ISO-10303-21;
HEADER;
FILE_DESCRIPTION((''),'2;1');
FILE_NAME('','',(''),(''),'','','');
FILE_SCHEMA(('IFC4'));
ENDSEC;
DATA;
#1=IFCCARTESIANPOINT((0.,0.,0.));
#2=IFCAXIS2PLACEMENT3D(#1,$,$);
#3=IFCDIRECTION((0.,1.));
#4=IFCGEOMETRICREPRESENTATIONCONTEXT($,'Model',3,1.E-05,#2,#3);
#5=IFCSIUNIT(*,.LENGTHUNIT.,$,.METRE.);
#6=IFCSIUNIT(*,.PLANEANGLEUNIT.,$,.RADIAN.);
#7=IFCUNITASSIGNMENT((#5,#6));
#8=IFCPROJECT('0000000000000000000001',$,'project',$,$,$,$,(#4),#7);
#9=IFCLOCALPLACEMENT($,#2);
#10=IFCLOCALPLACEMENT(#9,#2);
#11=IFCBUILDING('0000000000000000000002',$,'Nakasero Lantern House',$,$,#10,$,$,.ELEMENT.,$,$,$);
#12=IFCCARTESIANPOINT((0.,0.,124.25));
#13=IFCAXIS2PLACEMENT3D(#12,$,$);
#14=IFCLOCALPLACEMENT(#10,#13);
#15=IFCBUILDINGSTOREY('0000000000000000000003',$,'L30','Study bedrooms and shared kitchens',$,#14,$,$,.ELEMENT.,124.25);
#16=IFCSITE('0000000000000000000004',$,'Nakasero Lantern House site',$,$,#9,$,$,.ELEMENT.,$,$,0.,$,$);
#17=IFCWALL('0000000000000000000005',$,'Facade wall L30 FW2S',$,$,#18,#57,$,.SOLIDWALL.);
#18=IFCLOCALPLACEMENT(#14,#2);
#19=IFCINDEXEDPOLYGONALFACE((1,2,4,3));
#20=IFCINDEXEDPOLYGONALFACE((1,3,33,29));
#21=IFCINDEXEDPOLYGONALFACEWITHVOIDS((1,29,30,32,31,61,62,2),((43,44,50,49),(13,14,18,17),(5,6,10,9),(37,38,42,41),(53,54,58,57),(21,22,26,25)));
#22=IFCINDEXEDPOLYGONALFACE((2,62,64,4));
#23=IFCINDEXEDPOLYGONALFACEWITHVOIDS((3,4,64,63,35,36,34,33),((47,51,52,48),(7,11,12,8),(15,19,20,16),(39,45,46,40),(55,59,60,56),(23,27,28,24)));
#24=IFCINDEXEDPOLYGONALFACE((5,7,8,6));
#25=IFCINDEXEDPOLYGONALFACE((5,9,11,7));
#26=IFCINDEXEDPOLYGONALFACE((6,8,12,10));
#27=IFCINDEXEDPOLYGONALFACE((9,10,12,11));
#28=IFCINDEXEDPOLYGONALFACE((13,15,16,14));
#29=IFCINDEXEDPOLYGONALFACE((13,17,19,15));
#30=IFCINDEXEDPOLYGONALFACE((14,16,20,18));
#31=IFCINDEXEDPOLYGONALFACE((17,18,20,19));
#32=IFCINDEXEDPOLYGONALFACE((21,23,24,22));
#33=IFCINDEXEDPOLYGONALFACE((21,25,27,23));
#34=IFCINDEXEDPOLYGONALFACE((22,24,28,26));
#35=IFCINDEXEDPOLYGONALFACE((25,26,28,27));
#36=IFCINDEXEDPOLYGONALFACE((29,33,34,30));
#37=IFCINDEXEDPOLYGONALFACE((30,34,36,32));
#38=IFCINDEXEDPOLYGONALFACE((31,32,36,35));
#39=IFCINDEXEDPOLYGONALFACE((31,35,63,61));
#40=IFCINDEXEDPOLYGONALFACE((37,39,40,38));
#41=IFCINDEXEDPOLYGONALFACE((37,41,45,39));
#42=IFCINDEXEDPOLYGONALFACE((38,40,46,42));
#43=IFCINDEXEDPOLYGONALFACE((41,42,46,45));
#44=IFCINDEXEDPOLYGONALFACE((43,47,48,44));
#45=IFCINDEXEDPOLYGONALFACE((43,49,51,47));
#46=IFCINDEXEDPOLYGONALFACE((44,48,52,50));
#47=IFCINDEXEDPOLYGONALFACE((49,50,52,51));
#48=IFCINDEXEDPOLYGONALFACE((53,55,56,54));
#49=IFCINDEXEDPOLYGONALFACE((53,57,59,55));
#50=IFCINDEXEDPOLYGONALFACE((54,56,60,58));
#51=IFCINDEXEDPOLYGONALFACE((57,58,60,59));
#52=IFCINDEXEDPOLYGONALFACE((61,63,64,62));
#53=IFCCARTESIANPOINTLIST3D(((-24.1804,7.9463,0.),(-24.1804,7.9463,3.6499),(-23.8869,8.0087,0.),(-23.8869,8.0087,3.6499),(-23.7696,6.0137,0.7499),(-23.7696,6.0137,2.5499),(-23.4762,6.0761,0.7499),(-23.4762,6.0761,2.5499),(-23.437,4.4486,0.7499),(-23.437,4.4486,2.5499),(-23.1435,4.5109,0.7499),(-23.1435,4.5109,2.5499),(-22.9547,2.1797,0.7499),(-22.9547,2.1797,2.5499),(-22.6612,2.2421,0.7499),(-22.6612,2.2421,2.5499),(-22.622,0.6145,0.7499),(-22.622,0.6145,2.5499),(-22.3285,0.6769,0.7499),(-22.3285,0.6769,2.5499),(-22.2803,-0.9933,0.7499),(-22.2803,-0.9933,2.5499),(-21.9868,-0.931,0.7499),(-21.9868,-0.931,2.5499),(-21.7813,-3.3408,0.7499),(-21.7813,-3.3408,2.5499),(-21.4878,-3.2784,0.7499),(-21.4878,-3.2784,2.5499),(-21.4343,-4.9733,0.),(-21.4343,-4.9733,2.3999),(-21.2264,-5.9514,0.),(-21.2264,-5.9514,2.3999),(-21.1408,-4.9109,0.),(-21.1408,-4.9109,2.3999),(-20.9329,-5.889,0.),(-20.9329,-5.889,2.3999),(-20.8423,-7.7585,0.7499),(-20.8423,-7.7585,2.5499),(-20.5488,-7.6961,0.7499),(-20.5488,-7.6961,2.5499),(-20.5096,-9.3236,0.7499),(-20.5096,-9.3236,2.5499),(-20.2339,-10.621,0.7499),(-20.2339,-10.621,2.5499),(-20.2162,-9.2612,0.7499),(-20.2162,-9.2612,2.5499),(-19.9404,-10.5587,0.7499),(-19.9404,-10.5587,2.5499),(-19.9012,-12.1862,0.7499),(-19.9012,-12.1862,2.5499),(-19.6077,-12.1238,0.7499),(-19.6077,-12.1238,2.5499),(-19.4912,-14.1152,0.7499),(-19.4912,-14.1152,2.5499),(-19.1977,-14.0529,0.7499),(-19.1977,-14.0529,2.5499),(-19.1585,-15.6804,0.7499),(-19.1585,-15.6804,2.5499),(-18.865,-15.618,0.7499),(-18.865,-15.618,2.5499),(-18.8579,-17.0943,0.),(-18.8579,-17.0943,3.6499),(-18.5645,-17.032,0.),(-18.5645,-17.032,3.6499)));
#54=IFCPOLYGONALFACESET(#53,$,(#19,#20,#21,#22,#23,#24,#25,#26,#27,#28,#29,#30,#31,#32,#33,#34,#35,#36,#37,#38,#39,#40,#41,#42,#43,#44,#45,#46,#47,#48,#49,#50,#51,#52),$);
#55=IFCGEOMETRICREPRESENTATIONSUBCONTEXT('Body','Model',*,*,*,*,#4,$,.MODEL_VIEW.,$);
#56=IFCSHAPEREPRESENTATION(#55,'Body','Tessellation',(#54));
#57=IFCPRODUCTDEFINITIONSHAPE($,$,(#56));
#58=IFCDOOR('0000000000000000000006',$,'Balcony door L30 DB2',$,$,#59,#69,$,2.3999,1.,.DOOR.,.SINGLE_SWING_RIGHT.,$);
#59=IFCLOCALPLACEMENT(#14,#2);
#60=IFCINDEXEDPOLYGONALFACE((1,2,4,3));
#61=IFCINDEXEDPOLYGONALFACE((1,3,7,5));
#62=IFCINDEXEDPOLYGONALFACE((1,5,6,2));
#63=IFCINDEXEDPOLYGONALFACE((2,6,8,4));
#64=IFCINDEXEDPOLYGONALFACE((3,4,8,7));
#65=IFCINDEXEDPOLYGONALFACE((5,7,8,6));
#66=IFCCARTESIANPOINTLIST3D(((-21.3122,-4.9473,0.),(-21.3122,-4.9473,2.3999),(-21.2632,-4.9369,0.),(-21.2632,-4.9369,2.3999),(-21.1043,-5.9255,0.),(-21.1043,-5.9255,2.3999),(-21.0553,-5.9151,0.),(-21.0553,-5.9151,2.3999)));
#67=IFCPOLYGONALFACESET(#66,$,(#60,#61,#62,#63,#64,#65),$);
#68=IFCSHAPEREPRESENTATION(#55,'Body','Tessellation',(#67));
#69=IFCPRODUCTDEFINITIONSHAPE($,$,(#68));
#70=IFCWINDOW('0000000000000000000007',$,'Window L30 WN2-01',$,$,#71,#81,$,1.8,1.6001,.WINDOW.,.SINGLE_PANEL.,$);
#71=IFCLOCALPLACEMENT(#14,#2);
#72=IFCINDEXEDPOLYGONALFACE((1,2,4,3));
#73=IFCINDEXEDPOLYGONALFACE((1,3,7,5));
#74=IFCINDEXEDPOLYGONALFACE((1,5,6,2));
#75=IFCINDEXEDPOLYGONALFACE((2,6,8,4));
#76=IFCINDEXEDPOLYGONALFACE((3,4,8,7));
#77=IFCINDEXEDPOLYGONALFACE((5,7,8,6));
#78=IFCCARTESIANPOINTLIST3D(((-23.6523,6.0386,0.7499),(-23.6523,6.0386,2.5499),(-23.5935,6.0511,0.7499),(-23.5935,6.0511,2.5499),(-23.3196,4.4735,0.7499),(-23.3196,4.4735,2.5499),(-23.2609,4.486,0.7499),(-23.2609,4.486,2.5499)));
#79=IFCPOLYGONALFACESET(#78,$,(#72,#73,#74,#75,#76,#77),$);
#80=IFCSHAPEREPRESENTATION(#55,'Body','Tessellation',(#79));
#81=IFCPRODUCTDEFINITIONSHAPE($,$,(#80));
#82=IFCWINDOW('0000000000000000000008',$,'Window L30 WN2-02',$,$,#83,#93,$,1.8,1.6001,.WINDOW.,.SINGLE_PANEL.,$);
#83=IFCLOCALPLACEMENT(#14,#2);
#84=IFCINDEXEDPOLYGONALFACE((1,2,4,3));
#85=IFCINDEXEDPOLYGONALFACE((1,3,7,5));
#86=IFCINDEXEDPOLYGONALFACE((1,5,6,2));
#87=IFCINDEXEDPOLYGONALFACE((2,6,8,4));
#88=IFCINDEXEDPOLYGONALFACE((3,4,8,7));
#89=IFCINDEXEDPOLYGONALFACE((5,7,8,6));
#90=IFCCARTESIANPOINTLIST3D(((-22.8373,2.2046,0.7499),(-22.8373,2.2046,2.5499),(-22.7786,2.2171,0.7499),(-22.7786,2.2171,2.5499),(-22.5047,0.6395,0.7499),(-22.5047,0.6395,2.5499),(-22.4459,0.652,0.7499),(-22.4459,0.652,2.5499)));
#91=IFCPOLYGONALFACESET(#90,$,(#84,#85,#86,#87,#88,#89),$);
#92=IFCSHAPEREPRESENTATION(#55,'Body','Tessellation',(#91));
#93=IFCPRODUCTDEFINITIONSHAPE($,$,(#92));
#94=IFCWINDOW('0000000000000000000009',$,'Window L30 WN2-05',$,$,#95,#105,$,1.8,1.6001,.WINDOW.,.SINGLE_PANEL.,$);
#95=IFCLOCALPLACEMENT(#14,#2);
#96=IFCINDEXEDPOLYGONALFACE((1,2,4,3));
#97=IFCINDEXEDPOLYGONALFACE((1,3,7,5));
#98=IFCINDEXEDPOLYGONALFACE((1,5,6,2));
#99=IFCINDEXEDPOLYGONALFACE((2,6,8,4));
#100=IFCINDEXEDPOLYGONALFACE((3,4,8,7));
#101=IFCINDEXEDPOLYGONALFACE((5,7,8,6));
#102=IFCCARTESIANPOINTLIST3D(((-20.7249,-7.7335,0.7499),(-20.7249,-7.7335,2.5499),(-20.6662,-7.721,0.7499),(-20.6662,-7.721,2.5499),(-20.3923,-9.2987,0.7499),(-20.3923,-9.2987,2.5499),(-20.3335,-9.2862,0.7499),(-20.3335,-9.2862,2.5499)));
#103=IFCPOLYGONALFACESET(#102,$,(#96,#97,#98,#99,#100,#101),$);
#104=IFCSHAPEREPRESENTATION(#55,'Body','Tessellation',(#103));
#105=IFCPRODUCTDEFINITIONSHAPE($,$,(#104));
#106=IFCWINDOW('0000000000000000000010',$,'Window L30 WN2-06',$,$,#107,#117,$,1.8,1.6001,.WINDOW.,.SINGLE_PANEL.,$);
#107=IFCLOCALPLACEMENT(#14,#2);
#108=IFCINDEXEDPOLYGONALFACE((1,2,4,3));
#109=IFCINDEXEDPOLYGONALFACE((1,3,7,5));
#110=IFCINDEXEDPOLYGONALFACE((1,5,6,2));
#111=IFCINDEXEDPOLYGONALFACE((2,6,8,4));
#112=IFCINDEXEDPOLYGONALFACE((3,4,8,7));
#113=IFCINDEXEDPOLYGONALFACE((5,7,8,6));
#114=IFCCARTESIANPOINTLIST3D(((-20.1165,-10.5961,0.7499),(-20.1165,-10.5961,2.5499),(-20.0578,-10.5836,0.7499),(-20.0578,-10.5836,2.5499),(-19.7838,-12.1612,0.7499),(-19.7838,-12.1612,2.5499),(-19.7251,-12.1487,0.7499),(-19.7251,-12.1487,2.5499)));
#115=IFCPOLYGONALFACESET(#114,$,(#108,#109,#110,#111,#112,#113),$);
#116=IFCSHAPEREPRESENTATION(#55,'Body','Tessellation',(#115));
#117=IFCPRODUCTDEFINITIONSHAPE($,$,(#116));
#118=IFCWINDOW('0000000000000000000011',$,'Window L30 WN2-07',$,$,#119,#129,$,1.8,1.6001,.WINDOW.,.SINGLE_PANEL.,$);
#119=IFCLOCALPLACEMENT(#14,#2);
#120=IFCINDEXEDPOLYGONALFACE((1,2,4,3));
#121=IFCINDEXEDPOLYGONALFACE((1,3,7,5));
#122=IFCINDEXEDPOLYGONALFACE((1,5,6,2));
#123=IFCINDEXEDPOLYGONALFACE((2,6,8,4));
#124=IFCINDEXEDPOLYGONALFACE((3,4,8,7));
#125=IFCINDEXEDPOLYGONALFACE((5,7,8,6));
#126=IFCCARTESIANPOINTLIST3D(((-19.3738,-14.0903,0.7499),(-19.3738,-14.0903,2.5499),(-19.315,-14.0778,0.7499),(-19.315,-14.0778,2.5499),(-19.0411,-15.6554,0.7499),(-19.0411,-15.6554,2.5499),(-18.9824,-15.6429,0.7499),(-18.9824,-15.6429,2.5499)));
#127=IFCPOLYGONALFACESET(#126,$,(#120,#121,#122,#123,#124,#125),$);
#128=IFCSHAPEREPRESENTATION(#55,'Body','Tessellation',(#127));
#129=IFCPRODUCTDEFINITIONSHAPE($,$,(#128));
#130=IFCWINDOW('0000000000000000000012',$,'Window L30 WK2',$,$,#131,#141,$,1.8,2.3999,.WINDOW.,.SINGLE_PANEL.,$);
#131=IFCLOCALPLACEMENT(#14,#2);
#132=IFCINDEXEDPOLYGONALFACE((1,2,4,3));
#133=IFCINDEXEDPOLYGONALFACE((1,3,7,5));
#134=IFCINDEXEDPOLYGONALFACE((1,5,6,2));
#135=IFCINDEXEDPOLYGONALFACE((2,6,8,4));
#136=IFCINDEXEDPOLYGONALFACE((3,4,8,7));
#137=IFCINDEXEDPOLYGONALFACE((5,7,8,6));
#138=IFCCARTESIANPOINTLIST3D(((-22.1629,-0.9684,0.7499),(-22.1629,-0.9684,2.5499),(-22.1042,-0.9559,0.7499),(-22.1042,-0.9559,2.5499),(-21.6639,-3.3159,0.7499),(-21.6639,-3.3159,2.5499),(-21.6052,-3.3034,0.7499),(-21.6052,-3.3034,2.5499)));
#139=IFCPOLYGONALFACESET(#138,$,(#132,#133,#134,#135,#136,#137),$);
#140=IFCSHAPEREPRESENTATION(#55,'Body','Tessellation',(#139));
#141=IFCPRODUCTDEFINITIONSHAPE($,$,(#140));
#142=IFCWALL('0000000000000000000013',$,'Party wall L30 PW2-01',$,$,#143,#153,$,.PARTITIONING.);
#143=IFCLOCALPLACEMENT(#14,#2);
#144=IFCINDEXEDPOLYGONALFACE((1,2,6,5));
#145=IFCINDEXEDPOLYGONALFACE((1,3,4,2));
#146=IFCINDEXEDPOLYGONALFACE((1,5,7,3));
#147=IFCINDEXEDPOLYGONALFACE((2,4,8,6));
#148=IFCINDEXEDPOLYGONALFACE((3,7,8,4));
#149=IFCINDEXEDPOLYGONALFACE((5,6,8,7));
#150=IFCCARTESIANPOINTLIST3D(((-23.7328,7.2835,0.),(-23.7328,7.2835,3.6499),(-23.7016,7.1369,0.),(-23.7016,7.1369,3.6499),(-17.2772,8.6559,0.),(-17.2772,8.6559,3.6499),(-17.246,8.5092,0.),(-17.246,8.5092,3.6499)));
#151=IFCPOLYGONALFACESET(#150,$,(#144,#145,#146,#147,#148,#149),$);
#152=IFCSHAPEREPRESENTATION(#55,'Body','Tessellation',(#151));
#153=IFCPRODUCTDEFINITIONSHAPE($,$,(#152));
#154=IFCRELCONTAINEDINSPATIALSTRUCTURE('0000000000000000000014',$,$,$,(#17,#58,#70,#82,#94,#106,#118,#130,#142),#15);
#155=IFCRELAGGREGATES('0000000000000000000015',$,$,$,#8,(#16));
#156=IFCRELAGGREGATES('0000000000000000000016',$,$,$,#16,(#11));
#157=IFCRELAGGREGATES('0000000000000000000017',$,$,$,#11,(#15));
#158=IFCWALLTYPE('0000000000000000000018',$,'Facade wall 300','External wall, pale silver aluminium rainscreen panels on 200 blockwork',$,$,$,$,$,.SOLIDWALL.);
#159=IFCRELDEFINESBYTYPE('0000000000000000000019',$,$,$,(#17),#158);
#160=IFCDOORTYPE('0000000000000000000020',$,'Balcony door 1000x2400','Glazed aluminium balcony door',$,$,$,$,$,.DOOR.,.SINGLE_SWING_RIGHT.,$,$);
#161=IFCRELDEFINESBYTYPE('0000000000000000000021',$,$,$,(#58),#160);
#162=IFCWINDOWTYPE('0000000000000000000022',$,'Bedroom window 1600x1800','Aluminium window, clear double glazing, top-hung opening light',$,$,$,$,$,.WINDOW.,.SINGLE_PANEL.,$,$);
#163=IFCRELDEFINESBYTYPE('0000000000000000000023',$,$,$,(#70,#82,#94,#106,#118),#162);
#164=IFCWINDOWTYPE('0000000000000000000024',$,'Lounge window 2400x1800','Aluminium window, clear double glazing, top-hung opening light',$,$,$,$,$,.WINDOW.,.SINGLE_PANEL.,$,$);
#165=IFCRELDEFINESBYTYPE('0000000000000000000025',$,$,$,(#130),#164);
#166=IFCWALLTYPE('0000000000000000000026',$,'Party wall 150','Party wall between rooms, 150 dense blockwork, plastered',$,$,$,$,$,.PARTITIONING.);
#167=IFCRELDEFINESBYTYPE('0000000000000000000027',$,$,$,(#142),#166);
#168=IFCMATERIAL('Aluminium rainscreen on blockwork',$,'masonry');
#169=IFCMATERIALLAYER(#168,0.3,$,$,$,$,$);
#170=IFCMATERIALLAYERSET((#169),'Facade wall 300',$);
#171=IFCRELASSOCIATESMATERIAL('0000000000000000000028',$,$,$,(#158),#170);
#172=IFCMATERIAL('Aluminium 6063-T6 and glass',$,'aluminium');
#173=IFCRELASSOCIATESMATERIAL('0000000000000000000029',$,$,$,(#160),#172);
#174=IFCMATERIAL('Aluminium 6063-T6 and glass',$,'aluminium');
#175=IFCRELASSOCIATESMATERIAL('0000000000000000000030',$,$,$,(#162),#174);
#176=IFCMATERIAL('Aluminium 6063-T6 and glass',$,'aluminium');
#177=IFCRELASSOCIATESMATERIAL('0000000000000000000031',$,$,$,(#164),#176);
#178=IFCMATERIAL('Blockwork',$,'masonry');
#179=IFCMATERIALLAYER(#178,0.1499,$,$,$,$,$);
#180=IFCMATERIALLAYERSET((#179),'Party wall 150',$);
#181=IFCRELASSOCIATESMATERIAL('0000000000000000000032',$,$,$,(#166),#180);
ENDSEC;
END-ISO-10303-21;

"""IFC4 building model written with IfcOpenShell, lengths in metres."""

from ifc_helpers import new_model, si_unit, direction, frame, frame_2d, origin, place, context, subcontext, project, spatial, rectangle, extrude, material, layer, layer_set, type_object, element, fill, save


model = new_model("IFC4")

# Units and contexts
model_context = context("Model", 3, precision=1e-05, world=origin(), true_north=direction((0.0, 1.0)))
body_context = subcontext(model_context, "Body", "Model", "MODEL_VIEW")
ifc_project = project(units=[si_unit("LENGTHUNIT", "METRE"), si_unit("PLANEANGLEUNIT", "RADIAN")], contexts=[model_context])

# Site, building, storey
site_placement = place(None, origin())
site = spatial("IfcSite", under=ifc_project, at=site_placement, Name="Nakasero Lantern House site", CompositionType="ELEMENT", RefElevation=0.0)
building_placement = place(site_placement, origin())
building = spatial("IfcBuilding", under=site, at=building_placement, Name="Nakasero Lantern House", CompositionType="ELEMENT")
storey_placement = place(building_placement, frame((0.0, 0.0, 124.25)))
storey = spatial("IfcBuildingStorey", under=building, at=storey_placement, Name="L30", Description="Study bedrooms and shared kitchens", CompositionType="ELEMENT", Elevation=124.25)

# Wall, openings, door, windows
ifc_material_1 = material(Name="Aluminium rainscreen on blockwork", Category="masonry")
ifc_layer_1 = layer(ifc_material_1, 0.3)
ifc_layer_set_1 = layer_set([ifc_layer_1], Name="Facade wall 300")
wall_type_1 = type_object("IfcWallType", Name="Facade wall 300", Description="External wall, pale silver aluminium rainscreen panels on 200 blockwork", PredefinedType="SOLIDWALL", material=ifc_layer_set_1)
wall_1_placement = place(storey_placement, frame((-24.0337, 7.9775, 0.0), z_axis=(0.0, 0.0, 1.0), x_axis=(0.207909, -0.978148, 0.0)))
wall_1 = element("IfcWall", 1, at=wall_1_placement, inside=storey, type_object=wall_type_1, Name="Facade wall L30 FW2S", PredefinedType="SOLIDWALL", context=body_context, shape_type="SweptSolid", body=[
    extrude(rectangle(XDim=25.6001, YDim=0.3, at=frame_2d((12.8, 0.0))), origin(), (0.0, 0.0, 1.0), 3.6499),
])
opening_1_placement = place(wall_1_placement, frame((1.9758, 0.0, 0.75)))
opening_1 = element("IfcOpeningElement", 2, at=opening_1_placement, cuts=wall_1, PredefinedType="OPENING", context=body_context, shape_type="SweptSolid", body=[
    extrude(rectangle(XDim=1.6001, YDim=1.8, at=frame_2d((0.8, 0.8999))), frame((0.0, 0.1699, 0.0), z_axis=(0.0, -1.0, 0.0), x_axis=(1.0, 0.0, 0.0)), (0.0, 0.0, 1.0), 0.3401),
])
opening_2_placement = place(wall_1_placement, frame((5.8955, 0.0, 0.75)))
opening_2 = element("IfcOpeningElement", 3, at=opening_2_placement, cuts=wall_1, PredefinedType="OPENING", context=body_context, shape_type="SweptSolid", body=[
    extrude(rectangle(XDim=1.6001, YDim=1.8, at=frame_2d((0.8, 0.8999))), frame((0.0, 0.1699, 0.0), z_axis=(0.0, -1.0, 0.0), x_axis=(1.0, 0.0, 0.0)), (0.0, 0.0, 1.0), 0.3401),
])
opening_3_placement = place(wall_1_placement, frame((16.0557, 0.0, 0.75)))
opening_3 = element("IfcOpeningElement", 4, at=opening_3_placement, cuts=wall_1, PredefinedType="OPENING", context=body_context, shape_type="SweptSolid", body=[
    extrude(rectangle(XDim=1.6001, YDim=1.8, at=frame_2d((0.8, 0.8999))), frame((0.0, 0.1699, 0.0), z_axis=(0.0, -1.0, 0.0), x_axis=(1.0, 0.0, 0.0)), (0.0, 0.0, 1.0), 0.3401),
])
opening_4_placement = place(wall_1_placement, frame((18.9822, 0.0, 0.75)))
opening_4 = element("IfcOpeningElement", 5, at=opening_4_placement, cuts=wall_1, PredefinedType="OPENING", context=body_context, shape_type="SweptSolid", body=[
    extrude(rectangle(XDim=1.6001, YDim=1.8, at=frame_2d((0.8, 0.8999))), frame((0.0, 0.1699, 0.0), z_axis=(0.0, -1.0, 0.0), x_axis=(1.0, 0.0, 0.0)), (0.0, 0.0, 1.0), 0.3401),
])
opening_5_placement = place(wall_1_placement, frame((22.5544, 0.0, 0.75)))
opening_5 = element("IfcOpeningElement", 6, at=opening_5_placement, cuts=wall_1, PredefinedType="OPENING", context=body_context, shape_type="SweptSolid", body=[
    extrude(rectangle(XDim=1.6001, YDim=1.8, at=frame_2d((0.8, 0.8999))), frame((0.0, 0.1699, 0.0), z_axis=(0.0, -1.0, 0.0), x_axis=(1.0, 0.0, 0.0)), (0.0, 0.0, 1.0), 0.3401),
])
opening_6_placement = place(wall_1_placement, frame((9.1394, 0.0, 0.75)))
opening_6 = element("IfcOpeningElement", 7, at=opening_6_placement, cuts=wall_1, PredefinedType="OPENING", context=body_context, shape_type="SweptSolid", body=[
    extrude(rectangle(XDim=2.3999, YDim=1.8, at=frame_2d((1.2, 0.8999))), frame((0.0, 0.1699, 0.0), z_axis=(0.0, -1.0, 0.0), x_axis=(1.0, 0.0, 0.0)), (0.0, 0.0, 1.0), 0.3401),
])
opening_7_placement = place(wall_1_placement, frame((13.2083, 0.0, 0.0)))
opening_7 = element("IfcOpeningElement", 8, at=opening_7_placement, cuts=wall_1, PredefinedType="OPENING", context=body_context, shape_type="SweptSolid", body=[
    extrude(rectangle(XDim=1.0, YDim=2.3999, at=frame_2d((0.5, 1.2))), frame((0.0, 0.1699, 0.0), z_axis=(0.0, -1.0, 0.0), x_axis=(1.0, 0.0, 0.0)), (0.0, 0.0, 1.0), 0.3401),
])
ifc_material_2 = material(Name="Aluminium 6063-T6 and glass", Category="aluminium")
door_type_1 = type_object("IfcDoorType", Name="Balcony door 1000x2400", Description="Glazed aluminium balcony door", OperationType="SINGLE_SWING_RIGHT", PredefinedType="DOOR", material=ifc_material_2)
door_1_placement = place(opening_7_placement, origin())
door_1 = element("IfcDoor", 9, at=door_1_placement, inside=storey, type_object=door_type_1, Name="Balcony door L30 DB2", OperationType="SINGLE_SWING_RIGHT", OverallHeight=2.3999, OverallWidth=1.0, PredefinedType="DOOR", context=body_context, shape_type="SweptSolid", body=[
    extrude(rectangle(XDim=1.0, YDim=2.3999, at=frame_2d((0.5, 1.2))), frame((0.0, 0.0249, 0.0), z_axis=(0.0, -1.0, 0.0), x_axis=(1.0, 0.0, 0.0)), (0.0, 0.0, 1.0), 0.05),
])
fill(opening_7, door_1)
ifc_material_3 = material(Name="Aluminium 6063-T6 and glass", Category="aluminium")
window_type_1 = type_object("IfcWindowType", Name="Bedroom window 1600x1800", Description="Aluminium window, clear double glazing, top-hung opening light", PartitioningType="SINGLE_PANEL", PredefinedType="WINDOW", material=ifc_material_3)
window_1_placement = place(opening_1_placement, origin())
window_1 = element("IfcWindow", 10, at=window_1_placement, inside=storey, type_object=window_type_1, Name="Window L30 WN2-01", OverallHeight=1.8, OverallWidth=1.6001, PartitioningType="SINGLE_PANEL", PredefinedType="WINDOW", context=body_context, shape_type="SweptSolid", body=[
    extrude(rectangle(XDim=1.6001, YDim=1.8, at=frame_2d((0.8, 0.8999))), frame((0.0, 0.03, 0.0), z_axis=(0.0, -1.0, 0.0), x_axis=(1.0, 0.0, 0.0)), (0.0, 0.0, 1.0), 0.0601),
])
fill(opening_1, window_1)
window_2_placement = place(opening_2_placement, origin())
window_2 = element("IfcWindow", 11, at=window_2_placement, inside=storey, type_object=window_type_1, Name="Window L30 WN2-02", OverallHeight=1.8, OverallWidth=1.6001, PartitioningType="SINGLE_PANEL", PredefinedType="WINDOW", context=body_context, shape_type="SweptSolid", body=[
    extrude(rectangle(XDim=1.6001, YDim=1.8, at=frame_2d((0.8, 0.8999))), frame((0.0, 0.03, 0.0), z_axis=(0.0, -1.0, 0.0), x_axis=(1.0, 0.0, 0.0)), (0.0, 0.0, 1.0), 0.0601),
])
fill(opening_2, window_2)
window_3_placement = place(opening_3_placement, origin())
window_3 = element("IfcWindow", 12, at=window_3_placement, inside=storey, type_object=window_type_1, Name="Window L30 WN2-05", OverallHeight=1.8, OverallWidth=1.6001, PartitioningType="SINGLE_PANEL", PredefinedType="WINDOW", context=body_context, shape_type="SweptSolid", body=[
    extrude(rectangle(XDim=1.6001, YDim=1.8, at=frame_2d((0.8, 0.8999))), frame((0.0, 0.03, 0.0), z_axis=(0.0, -1.0, 0.0), x_axis=(1.0, 0.0, 0.0)), (0.0, 0.0, 1.0), 0.0601),
])
fill(opening_3, window_3)
window_4_placement = place(opening_4_placement, origin())
window_4 = element("IfcWindow", 13, at=window_4_placement, inside=storey, type_object=window_type_1, Name="Window L30 WN2-06", OverallHeight=1.8, OverallWidth=1.6001, PartitioningType="SINGLE_PANEL", PredefinedType="WINDOW", context=body_context, shape_type="SweptSolid", body=[
    extrude(rectangle(XDim=1.6001, YDim=1.8, at=frame_2d((0.8, 0.8999))), frame((0.0, 0.03, 0.0), z_axis=(0.0, -1.0, 0.0), x_axis=(1.0, 0.0, 0.0)), (0.0, 0.0, 1.0), 0.0601),
])
fill(opening_4, window_4)
window_5_placement = place(opening_5_placement, origin())
window_5 = element("IfcWindow", 14, at=window_5_placement, inside=storey, type_object=window_type_1, Name="Window L30 WN2-07", OverallHeight=1.8, OverallWidth=1.6001, PartitioningType="SINGLE_PANEL", PredefinedType="WINDOW", context=body_context, shape_type="SweptSolid", body=[
    extrude(rectangle(XDim=1.6001, YDim=1.8, at=frame_2d((0.8, 0.8999))), frame((0.0, 0.03, 0.0), z_axis=(0.0, -1.0, 0.0), x_axis=(1.0, 0.0, 0.0)), (0.0, 0.0, 1.0), 0.0601),
])
fill(opening_5, window_5)
ifc_material_4 = material(Name="Aluminium 6063-T6 and glass", Category="aluminium")
window_type_2 = type_object("IfcWindowType", Name="Lounge window 2400x1800", Description="Aluminium window, clear double glazing, top-hung opening light", PartitioningType="SINGLE_PANEL", PredefinedType="WINDOW", material=ifc_material_4)
window_6_placement = place(opening_6_placement, origin())
window_6 = element("IfcWindow", 15, at=window_6_placement, inside=storey, type_object=window_type_2, Name="Window L30 WK2", OverallHeight=1.8, OverallWidth=2.3999, PartitioningType="SINGLE_PANEL", PredefinedType="WINDOW", context=body_context, shape_type="SweptSolid", body=[
    extrude(rectangle(XDim=2.3999, YDim=1.8, at=frame_2d((1.2, 0.8999))), frame((0.0, 0.03, 0.0), z_axis=(0.0, -1.0, 0.0), x_axis=(1.0, 0.0, 0.0)), (0.0, 0.0, 1.0), 0.0601),
])
fill(opening_6, window_6)

# Wall
ifc_material_5 = material(Name="Blockwork", Category="masonry")
ifc_layer_2 = layer(ifc_material_5, 0.1499)
ifc_layer_set_2 = layer_set([ifc_layer_2], Name="Party wall 150")
wall_type_2 = type_object("IfcWallType", Name="Party wall 150", Description="Party wall between rooms, 150 dense blockwork, plastered", PredefinedType="PARTITIONING", material=ifc_layer_set_2)
wall_2_placement = place(storey_placement, frame((-17.2617, 8.5825, 0.0), z_axis=(0.0, 0.0, 1.0), x_axis=(-0.978143, -0.207932, 0.0)))
element("IfcWall", 16, at=wall_2_placement, inside=storey, type_object=wall_type_2, Name="Party wall L30 PW2-01", PredefinedType="PARTITIONING", context=body_context, shape_type="SweptSolid", body=[
    extrude(rectangle(XDim=6.5999, YDim=0.1499, at=frame_2d((3.2998, 0.0))), origin(), (0.0, 0.0, 1.0), 3.6499),
])

save(model, "model.ifc")
